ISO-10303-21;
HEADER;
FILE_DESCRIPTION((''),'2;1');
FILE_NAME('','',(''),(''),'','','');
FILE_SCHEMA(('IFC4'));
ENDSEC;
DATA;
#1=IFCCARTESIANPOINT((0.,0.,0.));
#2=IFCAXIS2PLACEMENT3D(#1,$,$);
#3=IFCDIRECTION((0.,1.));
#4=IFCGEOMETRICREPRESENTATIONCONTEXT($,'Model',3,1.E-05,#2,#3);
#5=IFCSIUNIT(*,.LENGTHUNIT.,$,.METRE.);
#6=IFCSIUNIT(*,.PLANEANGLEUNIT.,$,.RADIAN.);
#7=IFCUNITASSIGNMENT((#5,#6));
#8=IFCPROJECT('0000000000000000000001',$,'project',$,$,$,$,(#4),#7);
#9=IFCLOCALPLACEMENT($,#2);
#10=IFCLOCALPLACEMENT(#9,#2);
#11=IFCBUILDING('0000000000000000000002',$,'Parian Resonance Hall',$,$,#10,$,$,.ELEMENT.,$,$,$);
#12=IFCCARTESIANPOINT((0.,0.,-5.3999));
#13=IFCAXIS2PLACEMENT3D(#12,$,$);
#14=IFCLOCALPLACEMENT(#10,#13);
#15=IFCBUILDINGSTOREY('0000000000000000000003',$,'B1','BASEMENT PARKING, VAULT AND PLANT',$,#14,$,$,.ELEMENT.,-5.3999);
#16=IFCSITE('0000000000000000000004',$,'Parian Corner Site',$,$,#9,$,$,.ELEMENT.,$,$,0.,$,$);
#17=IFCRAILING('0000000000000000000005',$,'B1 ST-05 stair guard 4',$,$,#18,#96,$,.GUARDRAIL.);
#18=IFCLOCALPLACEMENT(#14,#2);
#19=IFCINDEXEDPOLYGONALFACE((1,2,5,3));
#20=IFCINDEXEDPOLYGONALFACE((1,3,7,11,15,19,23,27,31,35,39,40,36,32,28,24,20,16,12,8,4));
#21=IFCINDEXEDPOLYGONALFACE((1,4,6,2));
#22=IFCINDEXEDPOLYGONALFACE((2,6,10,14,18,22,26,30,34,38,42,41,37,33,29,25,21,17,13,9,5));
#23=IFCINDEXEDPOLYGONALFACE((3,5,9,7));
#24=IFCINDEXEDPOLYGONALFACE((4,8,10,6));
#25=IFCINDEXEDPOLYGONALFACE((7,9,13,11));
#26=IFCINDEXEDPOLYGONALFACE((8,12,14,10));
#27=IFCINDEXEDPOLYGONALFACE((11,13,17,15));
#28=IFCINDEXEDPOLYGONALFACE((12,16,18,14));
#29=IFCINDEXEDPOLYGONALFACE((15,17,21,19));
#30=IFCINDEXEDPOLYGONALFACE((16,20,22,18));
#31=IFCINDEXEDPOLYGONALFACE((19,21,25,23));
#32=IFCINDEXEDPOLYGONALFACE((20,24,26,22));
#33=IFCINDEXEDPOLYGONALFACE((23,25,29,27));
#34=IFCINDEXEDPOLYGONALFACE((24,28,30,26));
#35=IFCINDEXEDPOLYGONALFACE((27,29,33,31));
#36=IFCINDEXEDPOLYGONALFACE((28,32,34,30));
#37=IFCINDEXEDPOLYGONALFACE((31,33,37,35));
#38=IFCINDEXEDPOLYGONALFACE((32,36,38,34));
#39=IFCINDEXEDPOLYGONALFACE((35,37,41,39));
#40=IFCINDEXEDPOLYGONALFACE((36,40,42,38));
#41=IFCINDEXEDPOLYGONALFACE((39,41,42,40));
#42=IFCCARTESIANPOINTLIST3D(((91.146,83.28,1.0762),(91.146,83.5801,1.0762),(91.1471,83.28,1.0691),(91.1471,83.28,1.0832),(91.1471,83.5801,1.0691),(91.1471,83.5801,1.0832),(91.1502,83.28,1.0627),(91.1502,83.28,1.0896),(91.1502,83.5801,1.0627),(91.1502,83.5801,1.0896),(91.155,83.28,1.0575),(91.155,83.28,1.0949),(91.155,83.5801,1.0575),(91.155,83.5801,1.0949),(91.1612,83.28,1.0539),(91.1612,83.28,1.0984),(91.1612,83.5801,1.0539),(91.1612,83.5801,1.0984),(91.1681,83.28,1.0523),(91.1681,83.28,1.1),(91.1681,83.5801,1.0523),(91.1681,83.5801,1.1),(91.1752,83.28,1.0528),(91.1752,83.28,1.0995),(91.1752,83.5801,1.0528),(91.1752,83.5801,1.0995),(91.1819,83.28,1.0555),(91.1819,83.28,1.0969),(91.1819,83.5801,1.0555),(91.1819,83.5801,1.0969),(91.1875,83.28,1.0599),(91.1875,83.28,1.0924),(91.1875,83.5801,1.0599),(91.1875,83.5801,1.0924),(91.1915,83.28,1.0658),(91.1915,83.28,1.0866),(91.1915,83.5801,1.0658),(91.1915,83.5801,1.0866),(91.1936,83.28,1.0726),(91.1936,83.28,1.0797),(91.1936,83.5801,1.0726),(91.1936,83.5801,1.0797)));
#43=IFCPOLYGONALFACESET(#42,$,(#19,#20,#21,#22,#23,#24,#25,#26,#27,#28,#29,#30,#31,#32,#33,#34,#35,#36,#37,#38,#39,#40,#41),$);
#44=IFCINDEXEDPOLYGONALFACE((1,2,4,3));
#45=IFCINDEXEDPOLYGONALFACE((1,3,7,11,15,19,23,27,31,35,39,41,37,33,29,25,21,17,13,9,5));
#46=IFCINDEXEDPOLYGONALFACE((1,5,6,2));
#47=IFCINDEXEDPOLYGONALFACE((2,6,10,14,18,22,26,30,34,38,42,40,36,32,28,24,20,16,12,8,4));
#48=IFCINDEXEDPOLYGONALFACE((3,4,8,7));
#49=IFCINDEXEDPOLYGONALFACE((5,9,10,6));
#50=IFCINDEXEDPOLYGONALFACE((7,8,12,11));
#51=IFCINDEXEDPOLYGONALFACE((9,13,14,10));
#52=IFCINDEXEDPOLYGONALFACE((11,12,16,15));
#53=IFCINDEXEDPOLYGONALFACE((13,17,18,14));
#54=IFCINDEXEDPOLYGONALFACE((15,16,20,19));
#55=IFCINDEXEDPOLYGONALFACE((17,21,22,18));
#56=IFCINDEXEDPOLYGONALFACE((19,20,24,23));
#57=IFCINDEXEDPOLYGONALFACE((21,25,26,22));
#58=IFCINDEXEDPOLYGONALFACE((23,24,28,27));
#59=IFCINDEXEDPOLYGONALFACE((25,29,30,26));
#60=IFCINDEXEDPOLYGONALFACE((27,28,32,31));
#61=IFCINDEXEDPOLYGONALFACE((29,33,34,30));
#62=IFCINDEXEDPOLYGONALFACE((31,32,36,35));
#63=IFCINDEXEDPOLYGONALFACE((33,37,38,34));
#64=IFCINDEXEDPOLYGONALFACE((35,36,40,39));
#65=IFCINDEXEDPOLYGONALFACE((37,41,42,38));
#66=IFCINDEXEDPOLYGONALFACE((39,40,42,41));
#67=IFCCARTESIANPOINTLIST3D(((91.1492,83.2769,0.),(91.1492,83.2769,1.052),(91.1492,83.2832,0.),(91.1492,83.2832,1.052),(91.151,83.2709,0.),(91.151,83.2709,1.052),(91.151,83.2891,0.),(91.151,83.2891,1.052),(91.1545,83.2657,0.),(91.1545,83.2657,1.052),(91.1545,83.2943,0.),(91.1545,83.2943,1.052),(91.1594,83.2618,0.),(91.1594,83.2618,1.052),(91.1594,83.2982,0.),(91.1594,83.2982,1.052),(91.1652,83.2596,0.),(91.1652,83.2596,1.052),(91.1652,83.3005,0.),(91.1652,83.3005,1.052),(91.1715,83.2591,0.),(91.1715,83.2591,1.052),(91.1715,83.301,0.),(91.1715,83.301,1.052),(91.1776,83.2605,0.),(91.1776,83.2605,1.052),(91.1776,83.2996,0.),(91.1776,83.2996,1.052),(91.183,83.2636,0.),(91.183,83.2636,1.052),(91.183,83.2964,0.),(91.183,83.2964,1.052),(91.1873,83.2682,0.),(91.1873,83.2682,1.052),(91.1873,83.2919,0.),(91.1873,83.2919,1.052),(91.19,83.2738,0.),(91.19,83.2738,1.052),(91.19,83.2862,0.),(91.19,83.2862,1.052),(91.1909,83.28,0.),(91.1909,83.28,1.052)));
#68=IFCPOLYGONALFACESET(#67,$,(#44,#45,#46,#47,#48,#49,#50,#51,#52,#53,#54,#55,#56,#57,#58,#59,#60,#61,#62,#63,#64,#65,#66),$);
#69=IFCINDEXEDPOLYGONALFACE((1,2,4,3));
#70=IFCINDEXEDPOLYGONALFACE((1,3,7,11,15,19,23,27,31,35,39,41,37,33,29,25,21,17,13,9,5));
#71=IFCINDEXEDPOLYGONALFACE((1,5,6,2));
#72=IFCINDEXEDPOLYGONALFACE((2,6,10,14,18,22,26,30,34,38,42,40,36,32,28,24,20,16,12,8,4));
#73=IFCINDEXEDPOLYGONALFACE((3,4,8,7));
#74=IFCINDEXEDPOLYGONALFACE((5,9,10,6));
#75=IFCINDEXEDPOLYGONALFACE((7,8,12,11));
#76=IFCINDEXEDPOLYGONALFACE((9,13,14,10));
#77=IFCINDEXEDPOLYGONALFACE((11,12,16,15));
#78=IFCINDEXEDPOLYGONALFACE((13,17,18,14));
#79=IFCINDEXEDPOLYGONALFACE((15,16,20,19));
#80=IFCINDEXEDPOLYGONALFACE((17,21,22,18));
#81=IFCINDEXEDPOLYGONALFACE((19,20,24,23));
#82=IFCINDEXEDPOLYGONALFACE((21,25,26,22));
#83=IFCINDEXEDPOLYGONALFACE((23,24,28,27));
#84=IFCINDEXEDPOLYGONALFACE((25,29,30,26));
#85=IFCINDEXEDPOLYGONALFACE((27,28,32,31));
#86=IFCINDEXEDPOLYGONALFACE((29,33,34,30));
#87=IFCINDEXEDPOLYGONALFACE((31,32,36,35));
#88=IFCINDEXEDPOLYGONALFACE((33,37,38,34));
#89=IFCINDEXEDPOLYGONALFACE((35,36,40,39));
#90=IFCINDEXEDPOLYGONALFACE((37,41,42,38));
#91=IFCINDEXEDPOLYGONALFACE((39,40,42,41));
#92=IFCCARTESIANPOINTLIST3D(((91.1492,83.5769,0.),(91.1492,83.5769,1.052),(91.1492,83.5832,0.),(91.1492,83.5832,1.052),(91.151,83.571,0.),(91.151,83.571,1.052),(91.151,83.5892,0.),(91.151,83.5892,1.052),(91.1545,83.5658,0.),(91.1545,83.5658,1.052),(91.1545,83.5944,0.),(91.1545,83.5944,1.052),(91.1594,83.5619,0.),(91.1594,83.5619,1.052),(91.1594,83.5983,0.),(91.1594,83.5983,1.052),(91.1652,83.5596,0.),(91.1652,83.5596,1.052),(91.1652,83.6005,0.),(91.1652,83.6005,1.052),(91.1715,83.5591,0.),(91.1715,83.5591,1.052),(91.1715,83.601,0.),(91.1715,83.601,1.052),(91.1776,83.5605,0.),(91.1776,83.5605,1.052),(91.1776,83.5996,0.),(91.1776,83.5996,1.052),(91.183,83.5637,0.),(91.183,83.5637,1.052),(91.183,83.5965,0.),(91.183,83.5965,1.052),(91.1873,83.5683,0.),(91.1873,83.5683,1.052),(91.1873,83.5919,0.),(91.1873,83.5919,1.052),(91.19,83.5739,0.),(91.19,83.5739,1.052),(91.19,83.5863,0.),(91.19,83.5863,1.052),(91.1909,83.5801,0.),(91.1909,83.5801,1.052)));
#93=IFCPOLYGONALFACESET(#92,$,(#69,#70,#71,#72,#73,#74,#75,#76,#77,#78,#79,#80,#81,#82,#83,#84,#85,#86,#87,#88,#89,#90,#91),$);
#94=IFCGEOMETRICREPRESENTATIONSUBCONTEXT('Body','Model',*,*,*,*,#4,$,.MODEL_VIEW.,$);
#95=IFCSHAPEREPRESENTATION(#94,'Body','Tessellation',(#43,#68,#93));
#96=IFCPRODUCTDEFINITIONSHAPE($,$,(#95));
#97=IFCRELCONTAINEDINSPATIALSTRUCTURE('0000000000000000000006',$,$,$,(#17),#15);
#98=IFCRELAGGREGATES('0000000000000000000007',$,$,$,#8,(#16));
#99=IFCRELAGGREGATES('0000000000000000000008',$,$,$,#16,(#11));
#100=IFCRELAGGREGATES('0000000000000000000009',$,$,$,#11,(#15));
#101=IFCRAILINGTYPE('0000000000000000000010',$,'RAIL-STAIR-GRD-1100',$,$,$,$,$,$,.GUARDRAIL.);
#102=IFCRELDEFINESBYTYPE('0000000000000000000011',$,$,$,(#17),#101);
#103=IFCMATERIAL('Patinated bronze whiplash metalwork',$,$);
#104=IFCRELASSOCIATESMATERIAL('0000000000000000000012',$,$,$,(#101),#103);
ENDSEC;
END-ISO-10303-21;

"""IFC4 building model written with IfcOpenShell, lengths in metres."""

from ifc_helpers import new_model, si_unit, direction, frame, origin, origin_2d, place, context, subcontext, project, spatial, circle, extrude, material, type_object, element, save


model = new_model("IFC4")

# Units and contexts
model_context = context("Model", 3, precision=1e-05, world=origin(), true_north=direction((0.0, 1.0)))
body_context = subcontext(model_context, "Body", "Model", "MODEL_VIEW")
ifc_project = project(units=[si_unit("LENGTHUNIT", "METRE"), si_unit("PLANEANGLEUNIT", "RADIAN")], contexts=[model_context])

# Site, building, storey
site_placement = place(None, origin())
site = spatial("IfcSite", under=ifc_project, at=site_placement, Name="Parian Corner Site", CompositionType="ELEMENT", RefElevation=0.0)
building_placement = place(site_placement, origin())
building = spatial("IfcBuilding", under=site, at=building_placement, Name="Parian Resonance Hall", CompositionType="ELEMENT")
storey_placement = place(building_placement, frame((0.0, 0.0, -5.3999)))
storey = spatial("IfcBuildingStorey", under=building, at=storey_placement, Name="B1", Description="BASEMENT PARKING, VAULT AND PLANT", CompositionType="ELEMENT", Elevation=-5.3999)

# Railing
ifc_material_1 = material(Name="Patinated bronze whiplash metalwork")
railing_type_1 = type_object("IfcRailingType", Name="RAIL-STAIR-GRD-1100", PredefinedType="GUARDRAIL", material=ifc_material_1)
railing_1_placement = place(storey_placement, frame((91.1699, 83.28, 0.0)))
element("IfcRailing", 1, at=railing_1_placement, inside=storey, type_object=railing_type_1, Name="B1 ST-05 stair guard 4", PredefinedType="GUARDRAIL", context=body_context, shape_type="SweptSolid", body=[
    extrude(circle(Radius=0.0239, at=origin_2d()), frame((0.0, 0.0, 1.0762), z_axis=(0.0, 1.0, 0.0), x_axis=(-1.0, 0.0, 0.0)), (0.0, 0.0, 1.0), 0.3),
    extrude(circle(Radius=0.021, at=origin_2d()), origin(), (0.0, 0.0, 1.0), 1.052),
    extrude(circle(Radius=0.021, at=origin_2d()), frame((0.0, 0.3, 0.0)), (0.0, 0.0, 1.0), 1.052),
])

save(model, "model.ifc")
